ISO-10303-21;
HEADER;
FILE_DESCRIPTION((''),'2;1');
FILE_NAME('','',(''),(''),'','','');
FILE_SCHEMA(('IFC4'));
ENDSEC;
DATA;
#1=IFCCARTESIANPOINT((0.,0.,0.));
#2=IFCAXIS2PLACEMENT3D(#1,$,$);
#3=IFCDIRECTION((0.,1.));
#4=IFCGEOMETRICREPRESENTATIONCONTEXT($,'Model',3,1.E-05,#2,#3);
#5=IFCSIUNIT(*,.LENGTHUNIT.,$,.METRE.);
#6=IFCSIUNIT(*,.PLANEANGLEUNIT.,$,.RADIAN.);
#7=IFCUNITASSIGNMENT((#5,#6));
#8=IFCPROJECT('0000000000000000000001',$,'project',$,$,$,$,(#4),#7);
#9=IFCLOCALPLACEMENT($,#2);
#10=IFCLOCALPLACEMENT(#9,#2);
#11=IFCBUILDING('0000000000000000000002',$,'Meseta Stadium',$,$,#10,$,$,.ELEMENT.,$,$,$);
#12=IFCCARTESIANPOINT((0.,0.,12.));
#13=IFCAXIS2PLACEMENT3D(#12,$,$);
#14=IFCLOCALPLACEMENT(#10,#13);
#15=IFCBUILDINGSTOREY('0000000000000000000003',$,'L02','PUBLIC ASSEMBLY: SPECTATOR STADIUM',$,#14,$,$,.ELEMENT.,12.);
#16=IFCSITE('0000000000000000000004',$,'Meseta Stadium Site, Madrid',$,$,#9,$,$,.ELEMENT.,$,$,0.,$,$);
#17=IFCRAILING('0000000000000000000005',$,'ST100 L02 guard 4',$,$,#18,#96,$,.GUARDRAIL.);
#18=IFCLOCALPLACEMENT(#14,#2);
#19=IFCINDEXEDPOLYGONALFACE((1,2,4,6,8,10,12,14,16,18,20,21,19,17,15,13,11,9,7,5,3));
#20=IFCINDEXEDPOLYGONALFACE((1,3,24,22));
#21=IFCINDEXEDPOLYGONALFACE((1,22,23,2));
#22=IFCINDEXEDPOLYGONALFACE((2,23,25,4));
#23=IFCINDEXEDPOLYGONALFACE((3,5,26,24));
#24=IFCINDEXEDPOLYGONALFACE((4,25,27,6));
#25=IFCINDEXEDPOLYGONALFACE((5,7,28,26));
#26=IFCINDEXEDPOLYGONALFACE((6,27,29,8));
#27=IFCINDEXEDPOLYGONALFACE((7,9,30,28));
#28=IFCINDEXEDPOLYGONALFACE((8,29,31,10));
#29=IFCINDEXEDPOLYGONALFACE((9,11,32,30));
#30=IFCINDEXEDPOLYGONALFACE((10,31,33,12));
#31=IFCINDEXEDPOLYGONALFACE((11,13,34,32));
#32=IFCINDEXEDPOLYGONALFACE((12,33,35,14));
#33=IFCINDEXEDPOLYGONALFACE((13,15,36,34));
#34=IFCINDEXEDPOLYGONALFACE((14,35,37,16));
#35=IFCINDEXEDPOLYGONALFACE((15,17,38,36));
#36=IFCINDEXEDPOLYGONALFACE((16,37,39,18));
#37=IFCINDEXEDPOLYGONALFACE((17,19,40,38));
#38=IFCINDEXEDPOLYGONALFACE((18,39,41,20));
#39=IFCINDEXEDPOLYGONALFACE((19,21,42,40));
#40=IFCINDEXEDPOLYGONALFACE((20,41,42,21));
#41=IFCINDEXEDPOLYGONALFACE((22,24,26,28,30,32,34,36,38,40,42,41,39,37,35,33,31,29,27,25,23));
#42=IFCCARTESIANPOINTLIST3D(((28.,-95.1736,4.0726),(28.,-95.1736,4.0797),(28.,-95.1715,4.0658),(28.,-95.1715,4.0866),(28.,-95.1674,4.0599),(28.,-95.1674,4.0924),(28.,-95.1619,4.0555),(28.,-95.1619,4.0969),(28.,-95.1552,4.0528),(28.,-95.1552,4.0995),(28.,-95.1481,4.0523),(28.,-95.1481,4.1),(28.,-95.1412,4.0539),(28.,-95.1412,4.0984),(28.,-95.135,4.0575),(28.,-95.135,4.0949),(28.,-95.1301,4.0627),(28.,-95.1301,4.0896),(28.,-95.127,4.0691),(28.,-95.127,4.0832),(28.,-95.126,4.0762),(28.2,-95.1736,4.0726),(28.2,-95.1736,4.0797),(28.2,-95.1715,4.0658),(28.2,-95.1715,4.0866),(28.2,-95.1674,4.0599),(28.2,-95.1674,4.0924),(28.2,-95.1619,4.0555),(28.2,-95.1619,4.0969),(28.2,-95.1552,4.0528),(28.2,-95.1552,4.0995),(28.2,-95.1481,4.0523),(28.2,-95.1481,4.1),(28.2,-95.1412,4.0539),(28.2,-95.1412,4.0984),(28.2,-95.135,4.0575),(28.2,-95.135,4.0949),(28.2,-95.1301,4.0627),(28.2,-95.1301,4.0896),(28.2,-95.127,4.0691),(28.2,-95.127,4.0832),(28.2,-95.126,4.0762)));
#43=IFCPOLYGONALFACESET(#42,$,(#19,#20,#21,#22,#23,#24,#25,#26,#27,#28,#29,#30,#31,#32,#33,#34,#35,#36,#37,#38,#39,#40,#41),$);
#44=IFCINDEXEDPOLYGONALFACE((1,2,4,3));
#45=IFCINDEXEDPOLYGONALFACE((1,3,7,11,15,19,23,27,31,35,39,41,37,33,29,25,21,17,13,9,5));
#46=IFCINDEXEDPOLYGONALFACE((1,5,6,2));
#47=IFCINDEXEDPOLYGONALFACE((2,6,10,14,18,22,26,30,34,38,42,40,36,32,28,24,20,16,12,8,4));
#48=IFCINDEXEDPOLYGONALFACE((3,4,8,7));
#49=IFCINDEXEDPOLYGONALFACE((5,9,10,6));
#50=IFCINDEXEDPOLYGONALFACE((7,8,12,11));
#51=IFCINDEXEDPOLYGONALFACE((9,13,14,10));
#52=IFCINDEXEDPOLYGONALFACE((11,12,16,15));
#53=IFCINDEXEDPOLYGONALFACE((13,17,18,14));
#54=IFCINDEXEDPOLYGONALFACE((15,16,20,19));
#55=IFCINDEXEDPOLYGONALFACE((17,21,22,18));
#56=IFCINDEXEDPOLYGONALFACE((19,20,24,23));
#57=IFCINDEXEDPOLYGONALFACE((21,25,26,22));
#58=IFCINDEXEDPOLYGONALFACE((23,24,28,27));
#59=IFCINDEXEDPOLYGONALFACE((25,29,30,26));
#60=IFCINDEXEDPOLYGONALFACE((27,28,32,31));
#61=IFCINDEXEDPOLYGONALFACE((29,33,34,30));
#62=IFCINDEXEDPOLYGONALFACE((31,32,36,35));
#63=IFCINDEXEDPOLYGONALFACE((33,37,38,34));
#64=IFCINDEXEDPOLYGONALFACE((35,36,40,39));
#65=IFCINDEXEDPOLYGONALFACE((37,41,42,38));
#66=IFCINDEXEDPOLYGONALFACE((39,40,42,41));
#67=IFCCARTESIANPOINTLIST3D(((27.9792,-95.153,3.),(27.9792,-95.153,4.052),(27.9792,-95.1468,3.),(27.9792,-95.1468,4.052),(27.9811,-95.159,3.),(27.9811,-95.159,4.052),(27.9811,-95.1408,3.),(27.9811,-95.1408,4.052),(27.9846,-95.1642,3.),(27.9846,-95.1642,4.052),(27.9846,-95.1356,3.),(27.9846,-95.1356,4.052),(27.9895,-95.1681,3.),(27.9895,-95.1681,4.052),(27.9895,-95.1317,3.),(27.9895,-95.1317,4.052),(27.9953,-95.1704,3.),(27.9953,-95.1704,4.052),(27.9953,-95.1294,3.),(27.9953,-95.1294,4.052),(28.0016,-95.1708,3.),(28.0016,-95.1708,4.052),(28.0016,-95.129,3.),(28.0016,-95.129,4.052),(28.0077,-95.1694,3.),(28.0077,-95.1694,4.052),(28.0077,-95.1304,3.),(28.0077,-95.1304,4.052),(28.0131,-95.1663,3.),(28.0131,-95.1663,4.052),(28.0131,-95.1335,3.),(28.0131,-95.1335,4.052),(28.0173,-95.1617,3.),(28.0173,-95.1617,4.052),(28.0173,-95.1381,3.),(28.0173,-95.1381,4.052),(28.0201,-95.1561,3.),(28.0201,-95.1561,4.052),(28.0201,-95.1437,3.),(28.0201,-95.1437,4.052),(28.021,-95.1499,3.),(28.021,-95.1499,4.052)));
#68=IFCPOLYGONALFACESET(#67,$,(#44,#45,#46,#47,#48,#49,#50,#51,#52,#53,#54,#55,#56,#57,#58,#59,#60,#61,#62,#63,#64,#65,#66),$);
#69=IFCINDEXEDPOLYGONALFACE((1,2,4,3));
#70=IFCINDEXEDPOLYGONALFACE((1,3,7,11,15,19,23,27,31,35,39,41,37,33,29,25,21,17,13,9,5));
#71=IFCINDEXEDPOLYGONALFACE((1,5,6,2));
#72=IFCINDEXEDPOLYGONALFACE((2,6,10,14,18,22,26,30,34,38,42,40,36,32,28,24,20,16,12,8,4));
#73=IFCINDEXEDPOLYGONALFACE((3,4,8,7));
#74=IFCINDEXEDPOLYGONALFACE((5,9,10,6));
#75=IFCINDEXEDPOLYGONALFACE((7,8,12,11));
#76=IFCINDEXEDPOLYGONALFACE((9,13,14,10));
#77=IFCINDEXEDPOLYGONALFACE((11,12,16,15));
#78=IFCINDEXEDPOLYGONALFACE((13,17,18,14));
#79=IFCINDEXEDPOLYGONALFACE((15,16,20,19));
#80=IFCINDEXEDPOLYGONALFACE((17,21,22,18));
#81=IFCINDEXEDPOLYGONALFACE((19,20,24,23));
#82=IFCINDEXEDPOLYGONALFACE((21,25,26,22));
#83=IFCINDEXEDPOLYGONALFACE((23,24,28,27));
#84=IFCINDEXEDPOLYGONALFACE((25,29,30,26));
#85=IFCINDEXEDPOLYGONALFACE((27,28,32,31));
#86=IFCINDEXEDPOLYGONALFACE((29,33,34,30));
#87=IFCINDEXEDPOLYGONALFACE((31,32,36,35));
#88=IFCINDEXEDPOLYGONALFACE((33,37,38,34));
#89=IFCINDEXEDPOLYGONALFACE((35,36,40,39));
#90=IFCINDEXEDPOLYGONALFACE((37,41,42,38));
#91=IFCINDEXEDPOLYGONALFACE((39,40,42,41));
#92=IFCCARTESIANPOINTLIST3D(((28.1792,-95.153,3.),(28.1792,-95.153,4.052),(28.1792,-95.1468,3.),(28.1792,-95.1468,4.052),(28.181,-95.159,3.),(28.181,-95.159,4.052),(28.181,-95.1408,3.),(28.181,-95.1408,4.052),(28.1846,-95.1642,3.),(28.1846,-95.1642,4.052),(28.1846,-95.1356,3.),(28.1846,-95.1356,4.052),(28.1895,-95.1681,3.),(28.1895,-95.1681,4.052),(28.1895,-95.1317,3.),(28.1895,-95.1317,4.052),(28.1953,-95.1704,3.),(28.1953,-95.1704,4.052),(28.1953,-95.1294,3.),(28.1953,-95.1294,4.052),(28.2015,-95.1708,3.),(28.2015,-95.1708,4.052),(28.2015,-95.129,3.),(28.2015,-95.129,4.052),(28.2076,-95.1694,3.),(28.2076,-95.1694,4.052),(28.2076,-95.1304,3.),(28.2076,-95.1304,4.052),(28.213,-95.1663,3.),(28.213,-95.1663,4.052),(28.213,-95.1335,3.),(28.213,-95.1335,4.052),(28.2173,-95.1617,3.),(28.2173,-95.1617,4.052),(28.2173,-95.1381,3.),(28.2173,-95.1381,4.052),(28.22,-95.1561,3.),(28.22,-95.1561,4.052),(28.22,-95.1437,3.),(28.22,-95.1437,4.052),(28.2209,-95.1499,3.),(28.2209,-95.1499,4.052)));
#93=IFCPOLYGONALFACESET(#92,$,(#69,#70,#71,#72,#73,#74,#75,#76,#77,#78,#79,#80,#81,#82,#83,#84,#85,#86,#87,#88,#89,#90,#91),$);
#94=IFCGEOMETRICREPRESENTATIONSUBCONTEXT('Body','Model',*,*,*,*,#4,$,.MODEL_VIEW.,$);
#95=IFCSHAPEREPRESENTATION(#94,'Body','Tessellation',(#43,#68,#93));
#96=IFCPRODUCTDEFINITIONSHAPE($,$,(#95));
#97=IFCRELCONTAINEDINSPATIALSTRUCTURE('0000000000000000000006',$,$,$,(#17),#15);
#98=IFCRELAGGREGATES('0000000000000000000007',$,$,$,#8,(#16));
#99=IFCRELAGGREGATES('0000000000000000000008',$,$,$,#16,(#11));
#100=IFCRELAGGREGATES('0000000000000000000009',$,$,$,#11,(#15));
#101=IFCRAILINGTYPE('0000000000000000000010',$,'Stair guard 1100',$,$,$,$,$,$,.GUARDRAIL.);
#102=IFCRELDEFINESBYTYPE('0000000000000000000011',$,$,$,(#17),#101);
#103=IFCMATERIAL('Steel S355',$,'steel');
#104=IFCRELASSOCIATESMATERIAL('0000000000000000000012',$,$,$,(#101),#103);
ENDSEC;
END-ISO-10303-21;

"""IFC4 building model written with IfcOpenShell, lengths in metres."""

from ifc_helpers import new_model, si_unit, direction, frame, origin, origin_2d, place, context, subcontext, project, spatial, circle, extrude, material, type_object, element, save


model = new_model("IFC4")

# Units and contexts
model_context = context("Model", 3, precision=1e-05, world=origin(), true_north=direction((0.0, 1.0)))
body_context = subcontext(model_context, "Body", "Model", "MODEL_VIEW")
ifc_project = project(units=[si_unit("LENGTHUNIT", "METRE"), si_unit("PLANEANGLEUNIT", "RADIAN")], contexts=[model_context])

# Site, building, storey
site_placement = place(None, origin())
site = spatial("IfcSite", under=ifc_project, at=site_placement, Name="Meseta Stadium Site, Madrid", CompositionType="ELEMENT", RefElevation=0.0)
building_placement = place(site_placement, origin())
building = spatial("IfcBuilding", under=site, at=building_placement, Name="Meseta Stadium", CompositionType="ELEMENT")
storey_placement = place(building_placement, frame((0.0, 0.0, 12.0)))
storey = spatial("IfcBuildingStorey", under=building, at=storey_placement, Name="L02", Description="PUBLIC ASSEMBLY: SPECTATOR STADIUM", CompositionType="ELEMENT", Elevation=12.0)

# Railing
ifc_material_1 = material(Name="Steel S355", Category="steel")
railing_type_1 = type_object("IfcRailingType", Name="Stair guard 1100", PredefinedType="GUARDRAIL", material=ifc_material_1)
railing_1_placement = place(storey_placement, frame((28.0, -95.1499, 3.0)))
element("IfcRailing", 1, at=railing_1_placement, inside=storey, type_object=railing_type_1, Name="ST100 L02 guard 4", PredefinedType="GUARDRAIL", context=body_context, shape_type="SweptSolid", body=[
    extrude(circle(Radius=0.0239, at=origin_2d()), frame((0.0, 0.0, 1.0762), z_axis=(1.0, 0.0, 0.0), x_axis=(0.0, 1.0, 0.0)), (0.0, 0.0, 1.0), 0.2),
    extrude(circle(Radius=0.021, at=origin_2d()), origin(), (0.0, 0.0, 1.0), 1.052),
    extrude(circle(Radius=0.021, at=origin_2d()), frame((0.2, 0.0, 0.0)), (0.0, 0.0, 1.0), 1.052),
])

save(model, "model.ifc")
